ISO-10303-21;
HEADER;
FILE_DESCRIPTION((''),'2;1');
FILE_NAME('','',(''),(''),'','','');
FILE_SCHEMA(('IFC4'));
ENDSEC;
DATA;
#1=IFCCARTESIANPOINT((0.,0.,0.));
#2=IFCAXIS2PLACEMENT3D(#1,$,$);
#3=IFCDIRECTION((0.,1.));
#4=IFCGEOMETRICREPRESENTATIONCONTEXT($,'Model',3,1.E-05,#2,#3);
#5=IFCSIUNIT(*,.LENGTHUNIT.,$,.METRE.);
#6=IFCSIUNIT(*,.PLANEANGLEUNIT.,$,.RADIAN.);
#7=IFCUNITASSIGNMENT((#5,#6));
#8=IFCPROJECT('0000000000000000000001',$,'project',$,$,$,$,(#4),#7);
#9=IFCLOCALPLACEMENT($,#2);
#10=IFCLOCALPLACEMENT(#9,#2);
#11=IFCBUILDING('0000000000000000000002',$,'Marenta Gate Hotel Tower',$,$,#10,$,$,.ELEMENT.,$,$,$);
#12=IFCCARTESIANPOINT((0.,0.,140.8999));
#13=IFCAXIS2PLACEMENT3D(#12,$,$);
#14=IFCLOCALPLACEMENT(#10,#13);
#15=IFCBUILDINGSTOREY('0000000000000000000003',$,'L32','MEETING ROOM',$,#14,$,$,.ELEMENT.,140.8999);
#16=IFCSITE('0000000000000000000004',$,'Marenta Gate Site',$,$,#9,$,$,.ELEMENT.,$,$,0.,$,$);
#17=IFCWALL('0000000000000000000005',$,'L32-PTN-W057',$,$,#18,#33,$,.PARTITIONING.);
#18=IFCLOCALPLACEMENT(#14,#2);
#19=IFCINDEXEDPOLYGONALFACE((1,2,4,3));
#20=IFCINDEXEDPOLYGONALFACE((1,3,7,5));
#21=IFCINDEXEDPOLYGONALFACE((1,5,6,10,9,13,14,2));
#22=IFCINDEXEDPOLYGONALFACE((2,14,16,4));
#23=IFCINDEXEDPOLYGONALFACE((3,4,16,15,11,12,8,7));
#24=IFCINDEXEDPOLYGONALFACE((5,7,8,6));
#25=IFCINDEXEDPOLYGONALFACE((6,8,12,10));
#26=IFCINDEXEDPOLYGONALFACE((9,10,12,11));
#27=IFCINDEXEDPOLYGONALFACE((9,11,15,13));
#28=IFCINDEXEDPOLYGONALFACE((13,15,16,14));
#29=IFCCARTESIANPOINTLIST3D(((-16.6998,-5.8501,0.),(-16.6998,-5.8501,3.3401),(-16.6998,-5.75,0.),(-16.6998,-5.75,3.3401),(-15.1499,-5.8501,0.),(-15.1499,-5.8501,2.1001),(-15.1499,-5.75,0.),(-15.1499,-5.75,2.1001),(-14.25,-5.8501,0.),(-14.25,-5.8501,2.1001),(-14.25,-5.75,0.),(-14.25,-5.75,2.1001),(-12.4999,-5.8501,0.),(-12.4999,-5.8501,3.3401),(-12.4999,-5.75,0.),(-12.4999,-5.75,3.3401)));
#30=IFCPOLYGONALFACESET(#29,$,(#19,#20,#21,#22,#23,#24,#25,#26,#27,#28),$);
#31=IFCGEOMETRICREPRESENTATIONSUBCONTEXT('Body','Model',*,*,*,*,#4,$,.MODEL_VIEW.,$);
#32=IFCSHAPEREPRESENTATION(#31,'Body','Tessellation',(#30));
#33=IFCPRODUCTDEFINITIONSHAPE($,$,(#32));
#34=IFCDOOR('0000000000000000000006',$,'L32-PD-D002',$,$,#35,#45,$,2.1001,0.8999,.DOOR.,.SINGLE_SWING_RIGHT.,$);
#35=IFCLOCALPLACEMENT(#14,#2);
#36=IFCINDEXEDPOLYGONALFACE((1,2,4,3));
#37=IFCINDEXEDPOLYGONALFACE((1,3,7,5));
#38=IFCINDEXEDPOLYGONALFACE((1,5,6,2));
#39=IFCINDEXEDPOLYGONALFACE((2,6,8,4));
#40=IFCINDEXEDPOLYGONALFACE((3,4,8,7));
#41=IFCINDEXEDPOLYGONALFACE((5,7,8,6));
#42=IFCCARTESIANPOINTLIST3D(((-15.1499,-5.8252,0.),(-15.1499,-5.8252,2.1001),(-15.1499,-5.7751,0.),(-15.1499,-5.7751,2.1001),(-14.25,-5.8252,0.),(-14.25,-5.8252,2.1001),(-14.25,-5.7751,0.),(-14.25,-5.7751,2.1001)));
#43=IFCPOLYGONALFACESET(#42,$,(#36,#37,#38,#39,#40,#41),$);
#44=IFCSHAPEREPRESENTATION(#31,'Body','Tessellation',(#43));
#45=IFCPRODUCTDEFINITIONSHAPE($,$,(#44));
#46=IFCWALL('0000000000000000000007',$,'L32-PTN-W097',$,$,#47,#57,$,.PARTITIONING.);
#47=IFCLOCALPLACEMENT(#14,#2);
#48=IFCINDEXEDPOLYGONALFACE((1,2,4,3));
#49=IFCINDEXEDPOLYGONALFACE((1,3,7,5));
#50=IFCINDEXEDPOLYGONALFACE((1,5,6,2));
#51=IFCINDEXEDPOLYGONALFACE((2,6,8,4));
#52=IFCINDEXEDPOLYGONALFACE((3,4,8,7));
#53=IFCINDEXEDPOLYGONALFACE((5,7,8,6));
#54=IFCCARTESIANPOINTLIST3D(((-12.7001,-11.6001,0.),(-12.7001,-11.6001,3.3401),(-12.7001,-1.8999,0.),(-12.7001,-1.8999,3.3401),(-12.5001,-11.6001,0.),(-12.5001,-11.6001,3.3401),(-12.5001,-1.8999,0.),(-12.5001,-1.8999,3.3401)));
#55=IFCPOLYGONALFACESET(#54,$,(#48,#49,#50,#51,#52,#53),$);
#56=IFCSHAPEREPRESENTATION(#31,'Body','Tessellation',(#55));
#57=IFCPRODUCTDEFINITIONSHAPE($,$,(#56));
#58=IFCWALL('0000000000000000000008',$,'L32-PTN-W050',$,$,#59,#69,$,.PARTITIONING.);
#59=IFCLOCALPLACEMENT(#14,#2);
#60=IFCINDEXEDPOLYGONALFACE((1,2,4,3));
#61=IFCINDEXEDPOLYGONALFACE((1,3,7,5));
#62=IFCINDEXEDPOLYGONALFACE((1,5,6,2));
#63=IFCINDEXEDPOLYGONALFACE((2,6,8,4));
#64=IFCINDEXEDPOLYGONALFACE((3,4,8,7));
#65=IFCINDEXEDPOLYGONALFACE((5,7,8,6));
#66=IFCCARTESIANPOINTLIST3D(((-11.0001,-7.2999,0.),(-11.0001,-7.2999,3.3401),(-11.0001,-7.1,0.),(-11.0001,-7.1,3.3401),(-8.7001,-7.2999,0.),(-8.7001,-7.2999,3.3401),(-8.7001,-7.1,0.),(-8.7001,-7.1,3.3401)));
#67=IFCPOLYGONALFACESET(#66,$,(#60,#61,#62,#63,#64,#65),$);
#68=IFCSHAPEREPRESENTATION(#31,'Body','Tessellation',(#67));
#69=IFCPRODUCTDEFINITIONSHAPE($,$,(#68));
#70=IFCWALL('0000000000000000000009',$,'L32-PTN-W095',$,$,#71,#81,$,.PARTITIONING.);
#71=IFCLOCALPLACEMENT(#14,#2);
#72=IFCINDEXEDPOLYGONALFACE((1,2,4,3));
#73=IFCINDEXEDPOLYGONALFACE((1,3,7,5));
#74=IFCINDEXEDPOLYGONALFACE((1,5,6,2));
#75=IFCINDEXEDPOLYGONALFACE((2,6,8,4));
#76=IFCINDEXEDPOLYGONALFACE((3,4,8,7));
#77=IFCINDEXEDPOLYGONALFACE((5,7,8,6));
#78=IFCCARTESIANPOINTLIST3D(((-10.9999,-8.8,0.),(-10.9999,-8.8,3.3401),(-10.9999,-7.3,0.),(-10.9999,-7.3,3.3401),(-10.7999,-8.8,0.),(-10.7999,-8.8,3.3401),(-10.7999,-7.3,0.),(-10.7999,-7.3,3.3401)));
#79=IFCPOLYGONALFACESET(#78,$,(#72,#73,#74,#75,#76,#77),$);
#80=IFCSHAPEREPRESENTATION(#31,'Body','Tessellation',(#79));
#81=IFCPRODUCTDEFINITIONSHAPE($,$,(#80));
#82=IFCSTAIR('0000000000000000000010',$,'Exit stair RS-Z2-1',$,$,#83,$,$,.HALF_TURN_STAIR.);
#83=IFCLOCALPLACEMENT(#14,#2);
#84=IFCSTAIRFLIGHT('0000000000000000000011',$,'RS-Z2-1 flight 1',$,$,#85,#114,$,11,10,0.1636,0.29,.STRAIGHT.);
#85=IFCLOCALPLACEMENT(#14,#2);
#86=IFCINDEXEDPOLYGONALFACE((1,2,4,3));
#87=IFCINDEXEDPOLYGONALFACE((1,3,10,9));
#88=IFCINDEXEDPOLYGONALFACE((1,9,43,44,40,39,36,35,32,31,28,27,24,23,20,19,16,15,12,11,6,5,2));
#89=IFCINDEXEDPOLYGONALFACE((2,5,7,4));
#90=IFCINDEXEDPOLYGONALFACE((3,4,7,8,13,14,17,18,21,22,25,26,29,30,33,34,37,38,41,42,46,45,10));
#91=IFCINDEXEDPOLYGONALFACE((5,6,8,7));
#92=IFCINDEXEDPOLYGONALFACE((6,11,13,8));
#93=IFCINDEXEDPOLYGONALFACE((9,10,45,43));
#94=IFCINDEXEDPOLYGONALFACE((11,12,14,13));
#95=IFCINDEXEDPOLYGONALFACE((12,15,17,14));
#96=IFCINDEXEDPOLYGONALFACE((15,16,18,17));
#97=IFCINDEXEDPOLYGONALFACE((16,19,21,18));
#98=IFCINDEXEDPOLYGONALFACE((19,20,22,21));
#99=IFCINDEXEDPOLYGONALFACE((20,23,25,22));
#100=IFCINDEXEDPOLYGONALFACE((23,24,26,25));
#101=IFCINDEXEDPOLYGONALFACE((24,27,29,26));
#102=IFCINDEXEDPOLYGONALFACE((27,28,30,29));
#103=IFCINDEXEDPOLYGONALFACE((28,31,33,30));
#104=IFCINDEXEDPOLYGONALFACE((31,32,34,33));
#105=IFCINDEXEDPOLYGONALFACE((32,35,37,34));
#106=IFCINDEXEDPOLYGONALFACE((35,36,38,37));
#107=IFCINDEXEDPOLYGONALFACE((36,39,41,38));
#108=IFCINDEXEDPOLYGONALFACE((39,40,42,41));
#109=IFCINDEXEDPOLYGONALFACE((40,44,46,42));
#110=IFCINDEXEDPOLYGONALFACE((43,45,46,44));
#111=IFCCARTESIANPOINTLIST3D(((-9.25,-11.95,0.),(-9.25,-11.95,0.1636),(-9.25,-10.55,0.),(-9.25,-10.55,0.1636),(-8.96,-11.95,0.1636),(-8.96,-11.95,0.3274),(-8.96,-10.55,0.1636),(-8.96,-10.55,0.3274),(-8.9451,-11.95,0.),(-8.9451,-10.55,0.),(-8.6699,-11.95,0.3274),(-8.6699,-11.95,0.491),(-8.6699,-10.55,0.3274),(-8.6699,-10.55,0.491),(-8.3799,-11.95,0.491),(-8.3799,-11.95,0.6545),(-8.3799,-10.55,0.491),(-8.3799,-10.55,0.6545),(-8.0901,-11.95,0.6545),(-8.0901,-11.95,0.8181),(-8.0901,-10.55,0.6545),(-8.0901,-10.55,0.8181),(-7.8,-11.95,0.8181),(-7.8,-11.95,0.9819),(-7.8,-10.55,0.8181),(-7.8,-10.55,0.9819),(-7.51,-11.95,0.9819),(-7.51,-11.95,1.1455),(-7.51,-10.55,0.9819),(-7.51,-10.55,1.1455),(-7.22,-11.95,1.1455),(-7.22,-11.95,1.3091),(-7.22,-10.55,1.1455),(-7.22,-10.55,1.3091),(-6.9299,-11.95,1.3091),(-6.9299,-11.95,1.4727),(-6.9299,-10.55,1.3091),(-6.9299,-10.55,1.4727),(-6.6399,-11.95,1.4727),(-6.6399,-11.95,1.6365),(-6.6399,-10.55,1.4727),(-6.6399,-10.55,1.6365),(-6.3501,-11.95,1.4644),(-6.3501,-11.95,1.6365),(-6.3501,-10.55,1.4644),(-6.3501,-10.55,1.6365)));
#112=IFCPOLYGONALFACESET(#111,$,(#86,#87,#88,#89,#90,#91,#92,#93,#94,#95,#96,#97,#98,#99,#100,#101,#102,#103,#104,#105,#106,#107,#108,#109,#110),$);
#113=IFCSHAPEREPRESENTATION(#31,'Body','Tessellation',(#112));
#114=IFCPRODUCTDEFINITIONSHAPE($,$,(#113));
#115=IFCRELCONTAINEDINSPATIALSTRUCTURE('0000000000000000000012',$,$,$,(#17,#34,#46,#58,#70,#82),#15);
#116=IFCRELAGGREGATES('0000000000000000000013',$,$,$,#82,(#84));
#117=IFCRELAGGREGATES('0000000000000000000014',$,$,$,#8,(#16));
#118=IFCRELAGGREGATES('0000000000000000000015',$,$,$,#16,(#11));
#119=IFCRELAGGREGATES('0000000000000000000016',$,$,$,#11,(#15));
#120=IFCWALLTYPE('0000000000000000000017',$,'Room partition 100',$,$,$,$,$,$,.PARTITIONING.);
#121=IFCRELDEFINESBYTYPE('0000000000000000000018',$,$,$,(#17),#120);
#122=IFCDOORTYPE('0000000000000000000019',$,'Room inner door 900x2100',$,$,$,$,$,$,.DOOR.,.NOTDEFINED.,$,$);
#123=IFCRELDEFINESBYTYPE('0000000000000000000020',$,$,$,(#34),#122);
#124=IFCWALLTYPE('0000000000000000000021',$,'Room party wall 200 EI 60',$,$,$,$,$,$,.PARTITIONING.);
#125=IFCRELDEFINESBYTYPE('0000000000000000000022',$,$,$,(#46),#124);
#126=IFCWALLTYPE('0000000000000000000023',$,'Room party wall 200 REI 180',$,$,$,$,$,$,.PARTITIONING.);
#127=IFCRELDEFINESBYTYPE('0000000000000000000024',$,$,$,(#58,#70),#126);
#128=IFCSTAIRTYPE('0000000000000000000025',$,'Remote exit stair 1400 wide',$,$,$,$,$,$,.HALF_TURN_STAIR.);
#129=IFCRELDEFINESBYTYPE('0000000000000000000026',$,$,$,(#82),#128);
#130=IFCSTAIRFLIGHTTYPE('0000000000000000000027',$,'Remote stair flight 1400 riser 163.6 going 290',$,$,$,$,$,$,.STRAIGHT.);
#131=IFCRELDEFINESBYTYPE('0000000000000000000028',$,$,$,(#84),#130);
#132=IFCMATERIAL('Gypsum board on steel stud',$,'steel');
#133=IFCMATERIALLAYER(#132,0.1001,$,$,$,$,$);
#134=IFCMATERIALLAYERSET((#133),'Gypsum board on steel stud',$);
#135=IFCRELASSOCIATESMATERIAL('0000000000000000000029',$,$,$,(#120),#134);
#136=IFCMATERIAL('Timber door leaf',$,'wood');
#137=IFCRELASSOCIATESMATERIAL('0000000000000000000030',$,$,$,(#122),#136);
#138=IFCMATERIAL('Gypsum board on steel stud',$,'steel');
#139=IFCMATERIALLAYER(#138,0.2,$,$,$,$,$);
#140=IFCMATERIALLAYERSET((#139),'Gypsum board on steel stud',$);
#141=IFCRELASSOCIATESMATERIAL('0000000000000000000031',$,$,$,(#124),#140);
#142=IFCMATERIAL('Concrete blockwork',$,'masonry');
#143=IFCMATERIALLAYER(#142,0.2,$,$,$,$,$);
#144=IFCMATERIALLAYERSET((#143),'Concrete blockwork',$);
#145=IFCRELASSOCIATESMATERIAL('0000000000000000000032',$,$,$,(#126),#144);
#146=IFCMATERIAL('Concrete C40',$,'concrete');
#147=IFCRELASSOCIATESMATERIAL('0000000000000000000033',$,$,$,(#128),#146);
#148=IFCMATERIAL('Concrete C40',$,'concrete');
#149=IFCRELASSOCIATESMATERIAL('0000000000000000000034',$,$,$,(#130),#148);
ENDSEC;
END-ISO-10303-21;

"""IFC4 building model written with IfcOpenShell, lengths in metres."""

from ifc_helpers import new_model, si_unit, direction, frame, frame_2d, origin, place, context, subcontext, project, spatial, polyline, rectangle, outline, extrude, material, layer, layer_set, type_object, element, fill, aggregate, save


model = new_model("IFC4")

# Units and contexts
model_context = context("Model", 3, precision=1e-05, world=origin(), true_north=direction((0.0, 1.0)))
body_context = subcontext(model_context, "Body", "Model", "MODEL_VIEW")
ifc_project = project(units=[si_unit("LENGTHUNIT", "METRE"), si_unit("PLANEANGLEUNIT", "RADIAN")], contexts=[model_context])

# Site, building, storey
site_placement = place(None, origin())
site = spatial("IfcSite", under=ifc_project, at=site_placement, Name="Marenta Gate Site", CompositionType="ELEMENT", RefElevation=0.0)
building_placement = place(site_placement, origin())
building = spatial("IfcBuilding", under=site, at=building_placement, Name="Marenta Gate Hotel Tower", CompositionType="ELEMENT")
storey_placement = place(building_placement, frame((0.0, 0.0, 140.8999)))
storey = spatial("IfcBuildingStorey", under=building, at=storey_placement, Name="L32", Description="MEETING ROOM", CompositionType="ELEMENT", Elevation=140.8999)

# Wall, opening, door
ifc_material_1 = material(Name="Gypsum board on steel stud", Category="steel")
ifc_layer_1 = layer(ifc_material_1, 0.1001)
ifc_layer_set_1 = layer_set([ifc_layer_1], Name="Gypsum board on steel stud")
wall_type_1 = type_object("IfcWallType", Name="Room partition 100", PredefinedType="PARTITIONING", material=ifc_layer_set_1)
wall_1_placement = place(storey_placement, frame((-16.7, -5.8, 0.0), z_axis=(0.0, 0.0, 1.0), x_axis=(1.0, 0.0, 0.0)))
wall_1 = element("IfcWall", 1, at=wall_1_placement, inside=storey, type_object=wall_type_1, Name="L32-PTN-W057", PredefinedType="PARTITIONING", context=body_context, shape_type="SweptSolid", body=[
    extrude(rectangle(XDim=4.2, YDim=0.1001, at=frame_2d((2.1001, 0.0))), origin(), (0.0, 0.0, 1.0), 3.3401),
])
opening_1_placement = place(wall_1_placement, frame((1.55, 0.0, 0.0)))
opening_1 = element("IfcOpeningElement", 2, at=opening_1_placement, cuts=wall_1, PredefinedType="OPENING", context=body_context, shape_type="SweptSolid", body=[
    extrude(rectangle(XDim=0.8999, YDim=2.1001, at=frame_2d((0.45, 1.05))), frame((0.0, 0.05, 0.0), z_axis=(0.0, -1.0, 0.0), x_axis=(1.0, 0.0, 0.0)), (0.0, 0.0, 1.0), 0.1001),
])
ifc_material_2 = material(Name="Timber door leaf", Category="wood")
door_type_1 = type_object("IfcDoorType", Name="Room inner door 900x2100", OperationType="NOTDEFINED", PredefinedType="DOOR", material=ifc_material_2)
door_1_placement = place(opening_1_placement, origin())
door_1 = element("IfcDoor", 3, at=door_1_placement, inside=storey, type_object=door_type_1, Name="L32-PD-D002", OperationType="SINGLE_SWING_RIGHT", OverallHeight=2.1001, OverallWidth=0.8999, PredefinedType="DOOR", context=body_context, shape_type="SweptSolid", body=[
    extrude(rectangle(XDim=0.8999, YDim=2.1001, at=frame_2d((0.45, 1.05))), frame((0.0, 0.0249, 0.0), z_axis=(0.0, -1.0, 0.0), x_axis=(1.0, 0.0, 0.0)), (0.0, 0.0, 1.0), 0.05),
])
fill(opening_1, door_1)

# Walls
ifc_material_3 = material(Name="Gypsum board on steel stud", Category="steel")
ifc_layer_2 = layer(ifc_material_3, 0.2)
ifc_layer_set_2 = layer_set([ifc_layer_2], Name="Gypsum board on steel stud")
wall_type_2 = type_object("IfcWallType", Name="Room party wall 200 EI 60", PredefinedType="PARTITIONING", material=ifc_layer_set_2)
wall_2_placement = place(storey_placement, frame((-12.6001, -11.6001, 0.0), z_axis=(0.0, 0.0, 1.0), x_axis=(0.0, 1.0, 0.0)))
element("IfcWall", 4, at=wall_2_placement, inside=storey, type_object=wall_type_2, Name="L32-PTN-W097", PredefinedType="PARTITIONING", context=body_context, shape_type="SweptSolid", body=[
    extrude(rectangle(XDim=9.7002, YDim=0.2, at=frame_2d((4.8501, 0.0))), origin(), (0.0, 0.0, 1.0), 3.3401),
])
ifc_material_4 = material(Name="Concrete blockwork", Category="masonry")
ifc_layer_3 = layer(ifc_material_4, 0.2)
ifc_layer_set_3 = layer_set([ifc_layer_3], Name="Concrete blockwork")
wall_type_3 = type_object("IfcWallType", Name="Room party wall 200 REI 180", PredefinedType="PARTITIONING", material=ifc_layer_set_3)
wall_3_placement = place(storey_placement, frame((-11.0, -7.2, 0.0), z_axis=(0.0, 0.0, 1.0), x_axis=(1.0, 0.0, 0.0)))
element("IfcWall", 5, at=wall_3_placement, inside=storey, type_object=wall_type_3, Name="L32-PTN-W050", PredefinedType="PARTITIONING", context=body_context, shape_type="SweptSolid", body=[
    extrude(rectangle(XDim=2.3, YDim=0.2, at=frame_2d((1.1499, 0.0))), origin(), (0.0, 0.0, 1.0), 3.3401),
])
wall_4_placement = place(storey_placement, frame((-10.8999, -8.8, 0.0), z_axis=(0.0, 0.0, 1.0), x_axis=(0.0, 1.0, 0.0)))
element("IfcWall", 6, at=wall_4_placement, inside=storey, type_object=wall_type_3, Name="L32-PTN-W095", PredefinedType="PARTITIONING", context=body_context, shape_type="SweptSolid", body=[
    extrude(rectangle(XDim=1.5, YDim=0.2, at=frame_2d((0.75, 0.0))), origin(), (0.0, 0.0, 1.0), 3.3401),
])

# Stair, stair flight
ifc_material_5 = material(Name="Concrete C40", Category="concrete")
stair_type = type_object("IfcStairType", Name="Remote exit stair 1400 wide", PredefinedType="HALF_TURN_STAIR", material=ifc_material_5)
stair_placement = place(storey_placement, origin())
stair = element("IfcStair", 7, at=stair_placement, inside=storey, type_object=stair_type, Name="Exit stair RS-Z2-1", PredefinedType="HALF_TURN_STAIR")
ifc_material_6 = material(Name="Concrete C40", Category="concrete")
stair_flight_type = type_object("IfcStairFlightType", Name="Remote stair flight 1400 riser 163.6 going 290", PredefinedType="STRAIGHT", material=ifc_material_6)
stair_flight_placement = place(storey_placement, frame((-9.25, -11.25, 0.0), z_axis=(0.0, 0.0, 1.0), x_axis=(1.0, 0.0, 0.0)))
stair_flight = element("IfcStairFlight", 8, at=stair_flight_placement, type_object=stair_flight_type, Name="RS-Z2-1 flight 1", NumberOfRisers=11, NumberOfTreads=10, PredefinedType="STRAIGHT", RiserHeight=0.1636, TreadLength=0.29, context=body_context, shape_type="SweptSolid", body=[
    extrude(outline(polyline([(0.0, 0.0), (0.0, 0.1636), (0.29, 0.1636), (0.29, 0.3274), (0.5801, 0.3274), (0.5801, 0.491), (0.8701, 0.491), (0.8701, 0.6545), (1.1599, 0.6545), (1.1599, 0.8181), (1.45, 0.8181), (1.45, 0.9819), (1.74, 0.9819), (1.74, 1.1455), (2.03, 1.1455), (2.03, 1.3091), (2.3201, 1.3091), (2.3201, 1.4727), (2.6101, 1.4727), (2.6101, 1.6365), (2.8999, 1.6365), (2.8999, 1.8), (2.8999, 1.4644), (0.3049, 0.0), (0.0, 0.0)])), frame((0.0, 0.7, 0.0), z_axis=(0.0, -1.0, 0.0), x_axis=(1.0, 0.0, 0.0)), (0.0, 0.0, 1.0), 1.3999),
])
aggregate(stair, [stair_flight])

save(model, "model.ifc")
